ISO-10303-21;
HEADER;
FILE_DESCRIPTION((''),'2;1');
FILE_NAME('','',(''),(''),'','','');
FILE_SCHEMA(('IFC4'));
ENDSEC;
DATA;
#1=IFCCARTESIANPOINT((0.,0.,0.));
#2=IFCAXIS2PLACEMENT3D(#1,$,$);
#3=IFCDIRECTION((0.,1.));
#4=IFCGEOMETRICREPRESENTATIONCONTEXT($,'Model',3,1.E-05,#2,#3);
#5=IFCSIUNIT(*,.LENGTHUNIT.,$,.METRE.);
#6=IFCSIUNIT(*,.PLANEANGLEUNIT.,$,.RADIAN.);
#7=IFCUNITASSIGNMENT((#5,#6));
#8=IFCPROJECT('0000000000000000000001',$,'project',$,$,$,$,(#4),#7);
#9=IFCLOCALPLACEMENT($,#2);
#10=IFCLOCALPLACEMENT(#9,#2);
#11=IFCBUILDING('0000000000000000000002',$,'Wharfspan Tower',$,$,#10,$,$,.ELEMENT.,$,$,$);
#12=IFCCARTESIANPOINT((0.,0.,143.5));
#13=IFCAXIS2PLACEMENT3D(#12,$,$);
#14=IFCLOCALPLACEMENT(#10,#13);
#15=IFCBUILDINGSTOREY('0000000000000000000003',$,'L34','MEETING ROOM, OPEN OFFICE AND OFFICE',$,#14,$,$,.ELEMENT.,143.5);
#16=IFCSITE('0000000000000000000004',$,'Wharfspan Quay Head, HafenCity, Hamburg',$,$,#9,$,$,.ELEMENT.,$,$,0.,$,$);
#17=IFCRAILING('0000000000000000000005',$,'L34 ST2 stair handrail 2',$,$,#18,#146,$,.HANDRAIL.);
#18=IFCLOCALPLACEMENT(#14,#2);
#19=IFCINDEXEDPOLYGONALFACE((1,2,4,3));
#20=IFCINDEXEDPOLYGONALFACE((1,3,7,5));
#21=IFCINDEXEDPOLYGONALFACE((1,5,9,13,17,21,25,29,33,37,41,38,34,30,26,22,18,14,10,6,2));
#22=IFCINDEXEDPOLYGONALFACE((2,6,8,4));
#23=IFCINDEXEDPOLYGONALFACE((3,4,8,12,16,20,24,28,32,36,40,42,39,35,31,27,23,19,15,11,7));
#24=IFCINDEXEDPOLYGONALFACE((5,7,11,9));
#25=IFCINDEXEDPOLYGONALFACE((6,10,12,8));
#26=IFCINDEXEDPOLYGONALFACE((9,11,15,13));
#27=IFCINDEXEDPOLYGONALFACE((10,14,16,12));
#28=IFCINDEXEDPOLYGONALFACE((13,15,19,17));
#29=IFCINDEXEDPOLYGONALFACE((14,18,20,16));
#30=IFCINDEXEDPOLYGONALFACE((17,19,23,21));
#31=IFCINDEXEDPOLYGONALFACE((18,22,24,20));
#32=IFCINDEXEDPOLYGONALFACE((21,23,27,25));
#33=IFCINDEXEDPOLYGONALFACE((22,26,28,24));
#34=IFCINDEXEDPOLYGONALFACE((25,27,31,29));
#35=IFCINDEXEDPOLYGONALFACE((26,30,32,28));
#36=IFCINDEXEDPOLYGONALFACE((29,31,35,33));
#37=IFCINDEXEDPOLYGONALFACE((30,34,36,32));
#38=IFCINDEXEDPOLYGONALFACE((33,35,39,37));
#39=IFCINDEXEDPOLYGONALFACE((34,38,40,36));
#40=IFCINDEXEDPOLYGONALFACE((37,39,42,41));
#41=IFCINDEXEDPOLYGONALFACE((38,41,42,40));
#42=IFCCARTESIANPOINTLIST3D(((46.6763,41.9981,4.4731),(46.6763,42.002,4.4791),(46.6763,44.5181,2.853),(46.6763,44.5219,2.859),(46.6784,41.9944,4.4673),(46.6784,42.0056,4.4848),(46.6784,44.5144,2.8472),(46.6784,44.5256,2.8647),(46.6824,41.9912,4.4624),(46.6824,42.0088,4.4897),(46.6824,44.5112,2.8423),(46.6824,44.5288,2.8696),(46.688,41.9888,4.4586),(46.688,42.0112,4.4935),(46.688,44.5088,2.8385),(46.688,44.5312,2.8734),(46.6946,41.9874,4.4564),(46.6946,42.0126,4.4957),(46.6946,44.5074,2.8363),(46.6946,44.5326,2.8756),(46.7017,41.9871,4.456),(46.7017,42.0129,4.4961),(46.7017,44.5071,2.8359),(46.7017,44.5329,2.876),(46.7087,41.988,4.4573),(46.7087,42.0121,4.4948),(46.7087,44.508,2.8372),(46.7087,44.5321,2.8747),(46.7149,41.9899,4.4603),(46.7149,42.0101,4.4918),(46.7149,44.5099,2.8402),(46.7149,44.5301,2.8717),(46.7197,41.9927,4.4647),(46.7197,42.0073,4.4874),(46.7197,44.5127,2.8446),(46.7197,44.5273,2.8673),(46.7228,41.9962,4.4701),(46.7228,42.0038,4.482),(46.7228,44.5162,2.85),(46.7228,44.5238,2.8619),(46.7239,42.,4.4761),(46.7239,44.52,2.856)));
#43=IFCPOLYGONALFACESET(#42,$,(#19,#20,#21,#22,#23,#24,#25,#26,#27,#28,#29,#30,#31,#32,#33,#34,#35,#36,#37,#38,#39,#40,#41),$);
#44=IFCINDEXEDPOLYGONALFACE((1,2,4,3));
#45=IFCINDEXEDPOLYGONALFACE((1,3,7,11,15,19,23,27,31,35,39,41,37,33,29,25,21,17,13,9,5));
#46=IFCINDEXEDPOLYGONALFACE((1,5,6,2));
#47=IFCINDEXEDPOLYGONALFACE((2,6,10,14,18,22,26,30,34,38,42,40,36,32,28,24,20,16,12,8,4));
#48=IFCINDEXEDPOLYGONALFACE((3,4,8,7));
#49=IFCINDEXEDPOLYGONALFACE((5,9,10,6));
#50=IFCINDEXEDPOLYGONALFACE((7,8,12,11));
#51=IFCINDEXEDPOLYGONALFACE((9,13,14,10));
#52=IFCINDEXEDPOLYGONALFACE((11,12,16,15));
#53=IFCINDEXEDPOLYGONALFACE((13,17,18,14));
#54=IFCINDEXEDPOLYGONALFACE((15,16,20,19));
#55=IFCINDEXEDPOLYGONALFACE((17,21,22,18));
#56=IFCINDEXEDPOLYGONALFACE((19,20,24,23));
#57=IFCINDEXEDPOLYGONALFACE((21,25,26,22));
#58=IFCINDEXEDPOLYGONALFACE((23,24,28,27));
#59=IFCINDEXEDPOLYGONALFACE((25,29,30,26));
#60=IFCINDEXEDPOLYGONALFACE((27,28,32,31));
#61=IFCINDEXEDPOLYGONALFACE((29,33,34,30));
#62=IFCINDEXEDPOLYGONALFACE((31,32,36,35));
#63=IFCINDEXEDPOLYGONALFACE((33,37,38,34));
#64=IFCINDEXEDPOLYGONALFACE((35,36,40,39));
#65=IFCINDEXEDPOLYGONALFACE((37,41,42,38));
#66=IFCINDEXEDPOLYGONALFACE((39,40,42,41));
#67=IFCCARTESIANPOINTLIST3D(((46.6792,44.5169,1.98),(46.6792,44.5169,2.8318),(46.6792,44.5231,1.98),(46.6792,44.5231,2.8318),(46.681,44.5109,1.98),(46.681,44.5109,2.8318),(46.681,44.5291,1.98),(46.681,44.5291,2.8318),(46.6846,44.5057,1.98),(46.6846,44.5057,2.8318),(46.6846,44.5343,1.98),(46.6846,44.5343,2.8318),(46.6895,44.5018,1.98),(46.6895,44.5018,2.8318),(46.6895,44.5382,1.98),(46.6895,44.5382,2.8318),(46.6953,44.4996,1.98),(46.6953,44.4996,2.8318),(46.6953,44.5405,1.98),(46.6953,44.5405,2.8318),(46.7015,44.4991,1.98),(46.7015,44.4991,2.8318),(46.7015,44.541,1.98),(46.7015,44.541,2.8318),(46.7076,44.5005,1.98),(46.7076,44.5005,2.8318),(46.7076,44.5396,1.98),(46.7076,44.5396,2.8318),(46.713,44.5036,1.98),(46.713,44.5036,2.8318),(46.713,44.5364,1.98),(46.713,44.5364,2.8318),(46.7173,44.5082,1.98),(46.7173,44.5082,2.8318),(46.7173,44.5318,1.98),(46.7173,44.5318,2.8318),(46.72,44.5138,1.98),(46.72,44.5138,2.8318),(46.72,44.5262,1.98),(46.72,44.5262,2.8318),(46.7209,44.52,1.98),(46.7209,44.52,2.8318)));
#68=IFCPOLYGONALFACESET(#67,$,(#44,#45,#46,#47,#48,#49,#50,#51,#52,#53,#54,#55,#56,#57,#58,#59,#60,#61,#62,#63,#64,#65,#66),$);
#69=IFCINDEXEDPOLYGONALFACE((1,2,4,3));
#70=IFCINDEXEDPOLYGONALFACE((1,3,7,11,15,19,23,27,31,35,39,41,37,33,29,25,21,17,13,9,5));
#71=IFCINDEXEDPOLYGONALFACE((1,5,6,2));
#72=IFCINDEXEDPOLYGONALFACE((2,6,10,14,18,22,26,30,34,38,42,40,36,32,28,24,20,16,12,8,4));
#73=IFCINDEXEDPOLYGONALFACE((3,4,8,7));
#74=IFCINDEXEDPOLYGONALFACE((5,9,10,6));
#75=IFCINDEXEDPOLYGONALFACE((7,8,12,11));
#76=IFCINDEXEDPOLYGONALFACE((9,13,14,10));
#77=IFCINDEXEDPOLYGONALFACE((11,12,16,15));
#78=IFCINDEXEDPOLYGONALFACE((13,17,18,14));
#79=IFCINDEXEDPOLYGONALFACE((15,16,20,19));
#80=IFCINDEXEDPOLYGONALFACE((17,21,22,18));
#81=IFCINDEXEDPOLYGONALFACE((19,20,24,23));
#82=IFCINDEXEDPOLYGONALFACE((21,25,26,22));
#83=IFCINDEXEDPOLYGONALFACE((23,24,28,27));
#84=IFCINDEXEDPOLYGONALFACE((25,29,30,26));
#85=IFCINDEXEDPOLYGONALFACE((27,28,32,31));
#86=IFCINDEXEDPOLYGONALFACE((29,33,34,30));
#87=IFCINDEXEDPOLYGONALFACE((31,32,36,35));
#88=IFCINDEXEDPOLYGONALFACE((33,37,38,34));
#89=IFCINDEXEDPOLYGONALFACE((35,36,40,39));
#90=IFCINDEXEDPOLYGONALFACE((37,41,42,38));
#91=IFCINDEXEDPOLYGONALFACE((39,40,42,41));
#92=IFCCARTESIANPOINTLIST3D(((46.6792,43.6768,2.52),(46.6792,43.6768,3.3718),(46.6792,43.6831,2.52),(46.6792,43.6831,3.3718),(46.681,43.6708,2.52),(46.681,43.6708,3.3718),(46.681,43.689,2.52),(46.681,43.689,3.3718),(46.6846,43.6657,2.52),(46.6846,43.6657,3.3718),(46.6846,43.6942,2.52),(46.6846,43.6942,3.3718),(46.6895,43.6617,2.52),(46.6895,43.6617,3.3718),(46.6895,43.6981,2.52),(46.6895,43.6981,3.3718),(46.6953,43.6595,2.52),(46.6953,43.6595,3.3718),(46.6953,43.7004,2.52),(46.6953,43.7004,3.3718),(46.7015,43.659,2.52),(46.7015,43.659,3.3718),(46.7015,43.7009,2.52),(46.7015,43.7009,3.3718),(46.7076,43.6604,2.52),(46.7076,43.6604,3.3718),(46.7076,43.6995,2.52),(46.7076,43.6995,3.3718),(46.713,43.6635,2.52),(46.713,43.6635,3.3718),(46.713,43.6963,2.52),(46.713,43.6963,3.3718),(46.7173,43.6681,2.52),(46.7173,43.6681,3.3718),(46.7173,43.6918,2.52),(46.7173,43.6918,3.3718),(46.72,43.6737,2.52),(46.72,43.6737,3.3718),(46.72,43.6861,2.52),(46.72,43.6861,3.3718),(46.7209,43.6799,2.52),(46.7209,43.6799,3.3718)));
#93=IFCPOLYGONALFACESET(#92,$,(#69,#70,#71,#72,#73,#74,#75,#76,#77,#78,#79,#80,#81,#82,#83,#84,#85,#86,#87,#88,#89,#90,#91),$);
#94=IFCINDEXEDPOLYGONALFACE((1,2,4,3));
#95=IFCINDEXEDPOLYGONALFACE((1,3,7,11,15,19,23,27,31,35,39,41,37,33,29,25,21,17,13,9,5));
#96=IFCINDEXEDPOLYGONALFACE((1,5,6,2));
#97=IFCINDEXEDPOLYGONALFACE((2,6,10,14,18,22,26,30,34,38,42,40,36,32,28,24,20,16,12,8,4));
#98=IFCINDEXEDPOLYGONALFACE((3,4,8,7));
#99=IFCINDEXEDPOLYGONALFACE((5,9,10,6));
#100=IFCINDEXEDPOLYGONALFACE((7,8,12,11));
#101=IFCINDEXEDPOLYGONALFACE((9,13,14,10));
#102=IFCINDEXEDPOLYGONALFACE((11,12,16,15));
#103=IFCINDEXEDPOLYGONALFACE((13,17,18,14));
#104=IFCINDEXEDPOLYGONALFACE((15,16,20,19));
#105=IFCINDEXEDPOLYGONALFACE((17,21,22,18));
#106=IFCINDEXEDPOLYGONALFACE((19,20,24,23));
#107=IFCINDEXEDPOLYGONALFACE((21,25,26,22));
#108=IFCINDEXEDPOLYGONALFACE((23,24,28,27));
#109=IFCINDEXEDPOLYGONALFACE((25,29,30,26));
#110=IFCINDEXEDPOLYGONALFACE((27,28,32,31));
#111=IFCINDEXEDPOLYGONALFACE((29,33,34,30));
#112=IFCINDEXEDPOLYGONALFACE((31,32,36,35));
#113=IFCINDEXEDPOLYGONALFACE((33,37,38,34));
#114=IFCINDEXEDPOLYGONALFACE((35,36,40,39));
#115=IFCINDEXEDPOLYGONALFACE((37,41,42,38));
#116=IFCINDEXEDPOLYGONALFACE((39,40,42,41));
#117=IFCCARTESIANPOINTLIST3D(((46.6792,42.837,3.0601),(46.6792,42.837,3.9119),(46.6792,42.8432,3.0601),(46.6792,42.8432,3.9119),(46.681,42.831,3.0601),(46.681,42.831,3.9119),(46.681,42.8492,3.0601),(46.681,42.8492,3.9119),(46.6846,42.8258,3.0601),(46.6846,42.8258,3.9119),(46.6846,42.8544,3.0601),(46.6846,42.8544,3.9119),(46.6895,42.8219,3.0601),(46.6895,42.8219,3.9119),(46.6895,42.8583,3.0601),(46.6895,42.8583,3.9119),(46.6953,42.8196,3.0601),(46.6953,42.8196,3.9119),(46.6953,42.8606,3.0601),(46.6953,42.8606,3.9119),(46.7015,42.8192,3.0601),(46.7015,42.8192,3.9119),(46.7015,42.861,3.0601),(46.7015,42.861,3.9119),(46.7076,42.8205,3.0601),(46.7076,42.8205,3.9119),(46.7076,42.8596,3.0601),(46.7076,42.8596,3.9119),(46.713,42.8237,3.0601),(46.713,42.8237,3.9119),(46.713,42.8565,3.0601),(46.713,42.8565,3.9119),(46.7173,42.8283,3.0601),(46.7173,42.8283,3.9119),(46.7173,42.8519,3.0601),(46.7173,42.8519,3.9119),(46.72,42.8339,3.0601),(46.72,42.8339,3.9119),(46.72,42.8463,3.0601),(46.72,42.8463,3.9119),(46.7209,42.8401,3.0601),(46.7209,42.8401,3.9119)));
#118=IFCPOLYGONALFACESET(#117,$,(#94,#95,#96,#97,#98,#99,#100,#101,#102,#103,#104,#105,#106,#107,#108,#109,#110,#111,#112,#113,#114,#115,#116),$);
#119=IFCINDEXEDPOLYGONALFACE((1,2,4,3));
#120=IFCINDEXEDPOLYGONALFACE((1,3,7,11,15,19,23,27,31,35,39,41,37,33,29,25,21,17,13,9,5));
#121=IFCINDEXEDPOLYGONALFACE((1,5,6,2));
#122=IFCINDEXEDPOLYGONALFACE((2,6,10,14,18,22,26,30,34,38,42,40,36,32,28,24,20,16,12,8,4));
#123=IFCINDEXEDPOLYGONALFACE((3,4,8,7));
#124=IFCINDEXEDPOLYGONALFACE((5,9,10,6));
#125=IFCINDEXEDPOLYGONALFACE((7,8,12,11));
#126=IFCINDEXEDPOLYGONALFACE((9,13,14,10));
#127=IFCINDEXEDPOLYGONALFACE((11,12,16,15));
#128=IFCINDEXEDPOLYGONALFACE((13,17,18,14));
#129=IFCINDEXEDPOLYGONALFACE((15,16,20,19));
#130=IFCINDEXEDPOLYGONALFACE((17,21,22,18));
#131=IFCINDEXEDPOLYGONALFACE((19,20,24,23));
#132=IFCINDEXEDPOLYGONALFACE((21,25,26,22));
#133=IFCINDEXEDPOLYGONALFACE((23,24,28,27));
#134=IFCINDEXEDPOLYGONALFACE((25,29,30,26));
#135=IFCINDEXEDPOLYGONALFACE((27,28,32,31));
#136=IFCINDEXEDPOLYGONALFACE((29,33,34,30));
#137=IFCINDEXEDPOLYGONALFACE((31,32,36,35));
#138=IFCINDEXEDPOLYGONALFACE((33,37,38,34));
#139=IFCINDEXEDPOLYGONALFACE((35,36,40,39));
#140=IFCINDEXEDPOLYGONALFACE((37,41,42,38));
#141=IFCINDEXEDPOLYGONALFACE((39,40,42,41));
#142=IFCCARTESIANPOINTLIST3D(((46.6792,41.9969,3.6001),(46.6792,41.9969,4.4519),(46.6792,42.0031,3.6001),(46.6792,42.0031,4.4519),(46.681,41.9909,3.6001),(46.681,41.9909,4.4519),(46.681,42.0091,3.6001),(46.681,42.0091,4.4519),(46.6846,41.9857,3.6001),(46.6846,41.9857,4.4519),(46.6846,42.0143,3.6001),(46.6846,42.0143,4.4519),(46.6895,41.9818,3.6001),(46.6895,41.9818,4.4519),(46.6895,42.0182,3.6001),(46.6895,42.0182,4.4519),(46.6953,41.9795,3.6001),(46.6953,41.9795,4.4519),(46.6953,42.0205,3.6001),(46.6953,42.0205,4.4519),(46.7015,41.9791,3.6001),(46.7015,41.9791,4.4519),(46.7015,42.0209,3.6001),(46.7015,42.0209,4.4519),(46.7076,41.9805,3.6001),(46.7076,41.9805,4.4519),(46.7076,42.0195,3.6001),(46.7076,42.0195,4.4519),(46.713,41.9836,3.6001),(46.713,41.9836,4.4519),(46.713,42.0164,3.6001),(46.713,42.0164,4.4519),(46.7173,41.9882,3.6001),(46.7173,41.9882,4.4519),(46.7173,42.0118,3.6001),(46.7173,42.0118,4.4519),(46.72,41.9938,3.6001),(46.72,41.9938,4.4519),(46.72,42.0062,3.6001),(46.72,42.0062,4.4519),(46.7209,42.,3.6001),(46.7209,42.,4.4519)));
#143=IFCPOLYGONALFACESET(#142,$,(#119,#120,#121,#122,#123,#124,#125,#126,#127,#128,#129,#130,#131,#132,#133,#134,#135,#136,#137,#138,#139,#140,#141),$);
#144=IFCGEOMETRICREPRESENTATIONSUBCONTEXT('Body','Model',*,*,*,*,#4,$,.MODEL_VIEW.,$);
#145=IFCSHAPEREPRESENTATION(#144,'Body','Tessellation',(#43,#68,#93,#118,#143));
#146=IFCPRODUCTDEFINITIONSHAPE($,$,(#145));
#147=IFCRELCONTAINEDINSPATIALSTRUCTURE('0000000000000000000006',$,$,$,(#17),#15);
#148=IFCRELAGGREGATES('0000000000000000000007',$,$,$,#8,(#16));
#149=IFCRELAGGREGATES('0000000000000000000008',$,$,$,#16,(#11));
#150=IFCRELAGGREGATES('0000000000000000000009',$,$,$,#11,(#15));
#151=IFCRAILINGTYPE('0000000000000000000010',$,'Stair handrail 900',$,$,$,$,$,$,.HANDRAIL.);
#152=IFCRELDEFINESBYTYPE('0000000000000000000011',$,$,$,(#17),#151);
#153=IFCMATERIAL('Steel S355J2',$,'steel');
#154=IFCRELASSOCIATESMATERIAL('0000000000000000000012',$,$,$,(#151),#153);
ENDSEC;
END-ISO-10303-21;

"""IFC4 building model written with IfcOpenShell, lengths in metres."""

from ifc_helpers import new_model, si_unit, direction, frame, origin, origin_2d, place, context, subcontext, project, spatial, circle, extrude, material, type_object, element, save


model = new_model("IFC4")

# Units and contexts
model_context = context("Model", 3, precision=1e-05, world=origin(), true_north=direction((0.0, 1.0)))
body_context = subcontext(model_context, "Body", "Model", "MODEL_VIEW")
ifc_project = project(units=[si_unit("LENGTHUNIT", "METRE"), si_unit("PLANEANGLEUNIT", "RADIAN")], contexts=[model_context])

# Site, building, storey
site_placement = place(None, origin())
site = spatial("IfcSite", under=ifc_project, at=site_placement, Name="Wharfspan Quay Head, HafenCity, Hamburg", CompositionType="ELEMENT", RefElevation=0.0)
building_placement = place(site_placement, origin())
building = spatial("IfcBuilding", under=site, at=building_placement, Name="Wharfspan Tower", CompositionType="ELEMENT")
storey_placement = place(building_placement, frame((0.0, 0.0, 143.5)))
storey = spatial("IfcBuildingStorey", under=building, at=storey_placement, Name="L34", Description="MEETING ROOM, OPEN OFFICE AND OFFICE", CompositionType="ELEMENT", Elevation=143.5)

# Shared definitions
ifc_material_1 = material(Name="Steel S355J2", Category="steel")

# Railing
railing_type_1 = type_object("IfcRailingType", Name="Stair handrail 900", PredefinedType="HANDRAIL", material=ifc_material_1)
railing_1_placement = place(storey_placement, frame((46.7, 44.52, 1.98)))
element("IfcRailing", 1, at=railing_1_placement, inside=storey, type_object=railing_type_1, Name="L34 ST2 stair handrail 2", PredefinedType="HANDRAIL", context=body_context, shape_type="SweptSolid", body=[
    extrude(circle(Radius=0.0239, at=origin_2d()), frame((0.0, 0.0, 0.876), z_axis=(0.0, -0.841163, 0.540782), x_axis=(1.0, 0.0, 0.0)), (0.0, 0.0, 1.0), 2.9958),
    extrude(circle(Radius=0.021, at=origin_2d()), origin(), (0.0, 0.0, 1.0), 0.8518),
    extrude(circle(Radius=0.021, at=origin_2d()), frame((0.0, -0.8401, 0.54)), (0.0, 0.0, 1.0), 0.8518),
    extrude(circle(Radius=0.021, at=origin_2d()), frame((0.0, -1.6799, 1.0801)), (0.0, 0.0, 1.0), 0.8518),
    extrude(circle(Radius=0.021, at=origin_2d()), frame((0.0, -2.52, 1.6201)), (0.0, 0.0, 1.0), 0.8518),
])

save(model, "model.ifc")
